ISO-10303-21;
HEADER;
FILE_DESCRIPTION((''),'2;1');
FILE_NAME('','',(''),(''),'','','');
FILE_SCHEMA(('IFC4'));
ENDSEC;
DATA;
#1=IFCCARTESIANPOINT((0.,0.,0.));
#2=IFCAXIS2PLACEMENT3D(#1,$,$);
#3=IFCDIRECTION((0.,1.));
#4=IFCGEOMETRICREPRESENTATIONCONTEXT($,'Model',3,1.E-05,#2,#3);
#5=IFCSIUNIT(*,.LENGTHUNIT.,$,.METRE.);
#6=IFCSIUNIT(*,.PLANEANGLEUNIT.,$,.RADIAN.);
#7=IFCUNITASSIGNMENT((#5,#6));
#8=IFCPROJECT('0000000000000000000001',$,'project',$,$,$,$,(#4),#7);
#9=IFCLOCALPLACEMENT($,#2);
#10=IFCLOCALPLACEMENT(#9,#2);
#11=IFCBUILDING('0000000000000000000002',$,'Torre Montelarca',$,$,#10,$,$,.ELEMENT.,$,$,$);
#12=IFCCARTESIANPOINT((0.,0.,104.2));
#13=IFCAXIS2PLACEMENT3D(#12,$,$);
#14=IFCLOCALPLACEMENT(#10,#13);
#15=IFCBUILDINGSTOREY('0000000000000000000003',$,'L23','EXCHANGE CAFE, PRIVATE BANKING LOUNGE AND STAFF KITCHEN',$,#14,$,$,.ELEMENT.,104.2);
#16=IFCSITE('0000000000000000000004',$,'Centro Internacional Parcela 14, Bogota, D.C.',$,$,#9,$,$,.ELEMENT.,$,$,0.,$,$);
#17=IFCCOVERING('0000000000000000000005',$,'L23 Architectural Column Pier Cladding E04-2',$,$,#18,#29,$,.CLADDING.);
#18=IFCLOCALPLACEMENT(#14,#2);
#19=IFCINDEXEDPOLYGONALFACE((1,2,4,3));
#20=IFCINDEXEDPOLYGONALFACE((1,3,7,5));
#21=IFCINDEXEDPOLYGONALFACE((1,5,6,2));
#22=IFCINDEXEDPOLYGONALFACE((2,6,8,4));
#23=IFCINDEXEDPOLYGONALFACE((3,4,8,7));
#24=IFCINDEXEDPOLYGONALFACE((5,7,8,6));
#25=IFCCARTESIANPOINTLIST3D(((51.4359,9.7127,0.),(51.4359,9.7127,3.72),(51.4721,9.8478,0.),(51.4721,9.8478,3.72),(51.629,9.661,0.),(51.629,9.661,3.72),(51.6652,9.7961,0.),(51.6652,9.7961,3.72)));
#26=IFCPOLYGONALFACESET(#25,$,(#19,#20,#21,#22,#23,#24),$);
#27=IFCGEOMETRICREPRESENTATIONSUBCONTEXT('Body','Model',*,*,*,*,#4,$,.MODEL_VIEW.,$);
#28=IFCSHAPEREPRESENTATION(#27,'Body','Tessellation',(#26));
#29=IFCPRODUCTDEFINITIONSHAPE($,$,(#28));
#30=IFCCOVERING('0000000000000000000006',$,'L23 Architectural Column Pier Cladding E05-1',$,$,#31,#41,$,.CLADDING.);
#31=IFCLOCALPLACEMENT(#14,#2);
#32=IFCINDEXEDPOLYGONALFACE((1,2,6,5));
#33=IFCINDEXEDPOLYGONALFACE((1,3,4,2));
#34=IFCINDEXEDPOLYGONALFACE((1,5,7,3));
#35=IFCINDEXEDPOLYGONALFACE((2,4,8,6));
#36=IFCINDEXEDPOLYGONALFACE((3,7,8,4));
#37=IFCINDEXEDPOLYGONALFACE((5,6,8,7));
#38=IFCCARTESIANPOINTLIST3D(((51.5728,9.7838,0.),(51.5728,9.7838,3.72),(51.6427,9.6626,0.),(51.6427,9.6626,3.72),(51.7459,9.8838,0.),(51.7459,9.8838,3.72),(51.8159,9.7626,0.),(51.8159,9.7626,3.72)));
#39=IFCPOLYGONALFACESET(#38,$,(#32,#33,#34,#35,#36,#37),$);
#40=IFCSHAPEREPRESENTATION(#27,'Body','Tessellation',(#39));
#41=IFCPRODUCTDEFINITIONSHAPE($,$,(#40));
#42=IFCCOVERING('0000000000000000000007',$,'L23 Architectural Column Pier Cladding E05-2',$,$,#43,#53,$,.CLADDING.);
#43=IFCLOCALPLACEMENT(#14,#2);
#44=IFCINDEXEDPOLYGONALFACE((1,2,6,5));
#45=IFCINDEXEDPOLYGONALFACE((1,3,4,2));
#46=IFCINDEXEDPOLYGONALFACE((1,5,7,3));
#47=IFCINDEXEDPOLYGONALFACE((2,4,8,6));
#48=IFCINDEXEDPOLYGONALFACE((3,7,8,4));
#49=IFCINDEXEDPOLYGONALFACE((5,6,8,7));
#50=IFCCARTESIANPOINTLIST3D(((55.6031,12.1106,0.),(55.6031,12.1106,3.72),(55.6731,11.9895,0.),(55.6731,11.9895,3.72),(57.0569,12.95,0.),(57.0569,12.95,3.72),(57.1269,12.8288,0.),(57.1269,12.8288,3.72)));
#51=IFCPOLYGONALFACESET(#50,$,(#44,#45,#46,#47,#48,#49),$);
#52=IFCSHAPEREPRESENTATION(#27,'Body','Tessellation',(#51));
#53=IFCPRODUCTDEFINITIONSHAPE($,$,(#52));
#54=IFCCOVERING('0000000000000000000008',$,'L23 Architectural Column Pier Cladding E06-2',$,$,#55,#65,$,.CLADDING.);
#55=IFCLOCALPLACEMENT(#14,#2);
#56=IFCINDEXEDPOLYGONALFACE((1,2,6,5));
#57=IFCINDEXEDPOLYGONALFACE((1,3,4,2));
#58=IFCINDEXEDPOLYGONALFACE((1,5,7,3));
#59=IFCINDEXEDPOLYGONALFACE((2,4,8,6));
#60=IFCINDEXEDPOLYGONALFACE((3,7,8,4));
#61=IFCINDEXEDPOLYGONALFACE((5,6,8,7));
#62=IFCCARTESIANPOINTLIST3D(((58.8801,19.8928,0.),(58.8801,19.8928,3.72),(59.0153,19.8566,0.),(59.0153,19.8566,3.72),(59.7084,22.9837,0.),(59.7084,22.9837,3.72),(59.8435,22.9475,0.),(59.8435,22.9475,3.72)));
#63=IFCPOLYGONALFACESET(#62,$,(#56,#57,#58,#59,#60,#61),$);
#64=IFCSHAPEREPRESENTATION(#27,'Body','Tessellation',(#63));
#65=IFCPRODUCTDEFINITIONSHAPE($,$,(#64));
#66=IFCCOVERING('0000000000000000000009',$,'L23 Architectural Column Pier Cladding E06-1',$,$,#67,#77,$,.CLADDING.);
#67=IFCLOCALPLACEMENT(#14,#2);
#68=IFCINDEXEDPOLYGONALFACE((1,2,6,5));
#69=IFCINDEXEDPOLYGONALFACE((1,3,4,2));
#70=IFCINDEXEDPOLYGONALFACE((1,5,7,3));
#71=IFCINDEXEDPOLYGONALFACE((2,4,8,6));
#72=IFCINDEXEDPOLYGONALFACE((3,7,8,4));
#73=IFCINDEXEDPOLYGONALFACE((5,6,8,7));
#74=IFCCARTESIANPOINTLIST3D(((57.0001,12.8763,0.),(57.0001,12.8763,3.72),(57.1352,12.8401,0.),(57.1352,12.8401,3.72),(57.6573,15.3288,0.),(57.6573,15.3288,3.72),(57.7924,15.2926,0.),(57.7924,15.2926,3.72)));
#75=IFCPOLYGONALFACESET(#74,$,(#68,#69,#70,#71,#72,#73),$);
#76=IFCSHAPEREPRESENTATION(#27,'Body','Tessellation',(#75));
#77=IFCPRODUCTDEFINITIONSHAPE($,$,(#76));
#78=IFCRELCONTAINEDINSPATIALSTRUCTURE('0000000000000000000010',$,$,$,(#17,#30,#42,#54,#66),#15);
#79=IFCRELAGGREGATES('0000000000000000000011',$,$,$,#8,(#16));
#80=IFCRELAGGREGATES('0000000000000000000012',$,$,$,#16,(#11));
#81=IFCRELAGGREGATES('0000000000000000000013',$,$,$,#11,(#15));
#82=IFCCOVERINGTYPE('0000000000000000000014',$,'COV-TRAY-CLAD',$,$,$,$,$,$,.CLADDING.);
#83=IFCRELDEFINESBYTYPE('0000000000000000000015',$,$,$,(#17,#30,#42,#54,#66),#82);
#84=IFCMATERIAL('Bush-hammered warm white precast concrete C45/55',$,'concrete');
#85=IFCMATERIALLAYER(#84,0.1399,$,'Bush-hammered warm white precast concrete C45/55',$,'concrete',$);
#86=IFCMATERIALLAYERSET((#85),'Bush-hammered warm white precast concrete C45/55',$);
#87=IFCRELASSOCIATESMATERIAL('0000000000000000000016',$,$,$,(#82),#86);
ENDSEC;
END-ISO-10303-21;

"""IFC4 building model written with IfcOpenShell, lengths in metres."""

from ifc_helpers import new_model, si_unit, direction, frame, origin, origin_2d, place, context, subcontext, project, spatial, rectangle, extrude, source, transform, mapped, material, layer, layer_set, type_object, element, save


model = new_model("IFC4")

# Units and contexts
model_context = context("Model", 3, precision=1e-05, world=origin(), true_north=direction((0.0, 1.0)))
body_context = subcontext(model_context, "Body", "Model", "MODEL_VIEW")
ifc_project = project(units=[si_unit("LENGTHUNIT", "METRE"), si_unit("PLANEANGLEUNIT", "RADIAN")], contexts=[model_context])

# Site, building, storey
site_placement = place(None, origin())
site = spatial("IfcSite", under=ifc_project, at=site_placement, Name="Centro Internacional Parcela 14, Bogota, D.C.", CompositionType="ELEMENT", RefElevation=0.0)
building_placement = place(site_placement, origin())
building = spatial("IfcBuilding", under=site, at=building_placement, Name="Torre Montelarca", CompositionType="ELEMENT")
storey_placement = place(building_placement, frame((0.0, 0.0, 104.2)))
storey = spatial("IfcBuildingStorey", under=building, at=storey_placement, Name="L23", Description="EXCHANGE CAFE, PRIVATE BANKING LOUNGE AND STAFF KITCHEN", CompositionType="ELEMENT", Elevation=104.2)

# Coverings
ifc_material_1 = material(Name="Bush-hammered warm white precast concrete C45/55", Category="concrete")
ifc_layer_1 = layer(ifc_material_1, 0.1399, Name="Bush-hammered warm white precast concrete C45/55", Category="concrete")
ifc_layer_set_1 = layer_set([ifc_layer_1], Name="Bush-hammered warm white precast concrete C45/55")
covering_type = type_object("IfcCoveringType", Name="COV-TRAY-CLAD", PredefinedType="CLADDING", material=ifc_layer_set_1)
shared_shape_1 = source(origin(), body_context, "Body", "SweptSolid", [
    extrude(rectangle(XDim=0.2, YDim=0.1399, at=origin_2d()), origin(), (0.0, 0.0, 1.0), 3.72),
])
for number, where, z_axis, x_axis, name in (
    (1, (51.5505, 9.7544, 0.0), (0.0, 0.0, 1.0), (0.965924, -0.258824, 0.0), "L23 Architectural Column Pier Cladding E04-2"),
    (2, (51.6943, 9.7732, 0.0), (0.0, 0.0, 1.0), (0.866025, 0.500002, 0.0), "L23 Architectural Column Pier Cladding E05-1"),
):
    element("IfcCovering", number, at=place(storey_placement, frame(where, z_axis=z_axis, x_axis=x_axis)), inside=storey, type_object=covering_type, Name=name, PredefinedType="CLADDING", context=body_context, shape_type="MappedRepresentation", body=[
        mapped(shared_shape_1, transform((0.0, 0.0, 0.0), scale=1.0)),
    ])
shared_shape_2 = source(origin(), body_context, "Body", "SweptSolid", [
    extrude(rectangle(XDim=1.6787, YDim=0.1399, at=origin_2d()), origin(), (0.0, 0.0, 1.0), 3.72),
])
covering_1_placement = place(storey_placement, frame((56.365, 12.4697, 0.0), z_axis=(0.0, 0.0, 1.0), x_axis=(0.866025, 0.500002, 0.0)))
element("IfcCovering", 3, at=covering_1_placement, inside=storey, type_object=covering_type, Name="L23 Architectural Column Pier Cladding E05-2", PredefinedType="CLADDING", context=body_context, shape_type="MappedRepresentation", body=[
    mapped(shared_shape_2, transform((0.0, 0.0, 0.0), scale=1.0)),
])
shared_shape_3 = source(origin(), body_context, "Body", "SweptSolid", [
    extrude(rectangle(XDim=3.2, YDim=0.1399, at=origin_2d()), origin(), (0.0, 0.0, 1.0), 3.72),
])
covering_2_placement = place(storey_placement, frame((59.3618, 21.4202, 0.0), z_axis=(0.0, 0.0, 1.0), x_axis=(0.258819, 0.965926, 0.0)))
element("IfcCovering", 4, at=covering_2_placement, inside=storey, type_object=covering_type, Name="L23 Architectural Column Pier Cladding E06-2", PredefinedType="CLADDING", context=body_context, shape_type="MappedRepresentation", body=[
    mapped(shared_shape_3, transform((0.0, 0.0, 0.0), scale=1.0)),
])
shared_shape_4 = source(origin(), body_context, "Body", "SweptSolid", [
    extrude(rectangle(XDim=2.5391, YDim=0.1399, at=origin_2d()), origin(), (0.0, 0.0, 1.0), 3.72),
])
covering_3_placement = place(storey_placement, frame((57.3962, 14.0845, 0.0), z_axis=(0.0, 0.0, 1.0), x_axis=(0.258819, 0.965926, 0.0)))
element("IfcCovering", 5, at=covering_3_placement, inside=storey, type_object=covering_type, Name="L23 Architectural Column Pier Cladding E06-1", PredefinedType="CLADDING", context=body_context, shape_type="MappedRepresentation", body=[
    mapped(shared_shape_4, transform((0.0, 0.0, 0.0), scale=1.0)),
])

save(model, "model.ifc")
